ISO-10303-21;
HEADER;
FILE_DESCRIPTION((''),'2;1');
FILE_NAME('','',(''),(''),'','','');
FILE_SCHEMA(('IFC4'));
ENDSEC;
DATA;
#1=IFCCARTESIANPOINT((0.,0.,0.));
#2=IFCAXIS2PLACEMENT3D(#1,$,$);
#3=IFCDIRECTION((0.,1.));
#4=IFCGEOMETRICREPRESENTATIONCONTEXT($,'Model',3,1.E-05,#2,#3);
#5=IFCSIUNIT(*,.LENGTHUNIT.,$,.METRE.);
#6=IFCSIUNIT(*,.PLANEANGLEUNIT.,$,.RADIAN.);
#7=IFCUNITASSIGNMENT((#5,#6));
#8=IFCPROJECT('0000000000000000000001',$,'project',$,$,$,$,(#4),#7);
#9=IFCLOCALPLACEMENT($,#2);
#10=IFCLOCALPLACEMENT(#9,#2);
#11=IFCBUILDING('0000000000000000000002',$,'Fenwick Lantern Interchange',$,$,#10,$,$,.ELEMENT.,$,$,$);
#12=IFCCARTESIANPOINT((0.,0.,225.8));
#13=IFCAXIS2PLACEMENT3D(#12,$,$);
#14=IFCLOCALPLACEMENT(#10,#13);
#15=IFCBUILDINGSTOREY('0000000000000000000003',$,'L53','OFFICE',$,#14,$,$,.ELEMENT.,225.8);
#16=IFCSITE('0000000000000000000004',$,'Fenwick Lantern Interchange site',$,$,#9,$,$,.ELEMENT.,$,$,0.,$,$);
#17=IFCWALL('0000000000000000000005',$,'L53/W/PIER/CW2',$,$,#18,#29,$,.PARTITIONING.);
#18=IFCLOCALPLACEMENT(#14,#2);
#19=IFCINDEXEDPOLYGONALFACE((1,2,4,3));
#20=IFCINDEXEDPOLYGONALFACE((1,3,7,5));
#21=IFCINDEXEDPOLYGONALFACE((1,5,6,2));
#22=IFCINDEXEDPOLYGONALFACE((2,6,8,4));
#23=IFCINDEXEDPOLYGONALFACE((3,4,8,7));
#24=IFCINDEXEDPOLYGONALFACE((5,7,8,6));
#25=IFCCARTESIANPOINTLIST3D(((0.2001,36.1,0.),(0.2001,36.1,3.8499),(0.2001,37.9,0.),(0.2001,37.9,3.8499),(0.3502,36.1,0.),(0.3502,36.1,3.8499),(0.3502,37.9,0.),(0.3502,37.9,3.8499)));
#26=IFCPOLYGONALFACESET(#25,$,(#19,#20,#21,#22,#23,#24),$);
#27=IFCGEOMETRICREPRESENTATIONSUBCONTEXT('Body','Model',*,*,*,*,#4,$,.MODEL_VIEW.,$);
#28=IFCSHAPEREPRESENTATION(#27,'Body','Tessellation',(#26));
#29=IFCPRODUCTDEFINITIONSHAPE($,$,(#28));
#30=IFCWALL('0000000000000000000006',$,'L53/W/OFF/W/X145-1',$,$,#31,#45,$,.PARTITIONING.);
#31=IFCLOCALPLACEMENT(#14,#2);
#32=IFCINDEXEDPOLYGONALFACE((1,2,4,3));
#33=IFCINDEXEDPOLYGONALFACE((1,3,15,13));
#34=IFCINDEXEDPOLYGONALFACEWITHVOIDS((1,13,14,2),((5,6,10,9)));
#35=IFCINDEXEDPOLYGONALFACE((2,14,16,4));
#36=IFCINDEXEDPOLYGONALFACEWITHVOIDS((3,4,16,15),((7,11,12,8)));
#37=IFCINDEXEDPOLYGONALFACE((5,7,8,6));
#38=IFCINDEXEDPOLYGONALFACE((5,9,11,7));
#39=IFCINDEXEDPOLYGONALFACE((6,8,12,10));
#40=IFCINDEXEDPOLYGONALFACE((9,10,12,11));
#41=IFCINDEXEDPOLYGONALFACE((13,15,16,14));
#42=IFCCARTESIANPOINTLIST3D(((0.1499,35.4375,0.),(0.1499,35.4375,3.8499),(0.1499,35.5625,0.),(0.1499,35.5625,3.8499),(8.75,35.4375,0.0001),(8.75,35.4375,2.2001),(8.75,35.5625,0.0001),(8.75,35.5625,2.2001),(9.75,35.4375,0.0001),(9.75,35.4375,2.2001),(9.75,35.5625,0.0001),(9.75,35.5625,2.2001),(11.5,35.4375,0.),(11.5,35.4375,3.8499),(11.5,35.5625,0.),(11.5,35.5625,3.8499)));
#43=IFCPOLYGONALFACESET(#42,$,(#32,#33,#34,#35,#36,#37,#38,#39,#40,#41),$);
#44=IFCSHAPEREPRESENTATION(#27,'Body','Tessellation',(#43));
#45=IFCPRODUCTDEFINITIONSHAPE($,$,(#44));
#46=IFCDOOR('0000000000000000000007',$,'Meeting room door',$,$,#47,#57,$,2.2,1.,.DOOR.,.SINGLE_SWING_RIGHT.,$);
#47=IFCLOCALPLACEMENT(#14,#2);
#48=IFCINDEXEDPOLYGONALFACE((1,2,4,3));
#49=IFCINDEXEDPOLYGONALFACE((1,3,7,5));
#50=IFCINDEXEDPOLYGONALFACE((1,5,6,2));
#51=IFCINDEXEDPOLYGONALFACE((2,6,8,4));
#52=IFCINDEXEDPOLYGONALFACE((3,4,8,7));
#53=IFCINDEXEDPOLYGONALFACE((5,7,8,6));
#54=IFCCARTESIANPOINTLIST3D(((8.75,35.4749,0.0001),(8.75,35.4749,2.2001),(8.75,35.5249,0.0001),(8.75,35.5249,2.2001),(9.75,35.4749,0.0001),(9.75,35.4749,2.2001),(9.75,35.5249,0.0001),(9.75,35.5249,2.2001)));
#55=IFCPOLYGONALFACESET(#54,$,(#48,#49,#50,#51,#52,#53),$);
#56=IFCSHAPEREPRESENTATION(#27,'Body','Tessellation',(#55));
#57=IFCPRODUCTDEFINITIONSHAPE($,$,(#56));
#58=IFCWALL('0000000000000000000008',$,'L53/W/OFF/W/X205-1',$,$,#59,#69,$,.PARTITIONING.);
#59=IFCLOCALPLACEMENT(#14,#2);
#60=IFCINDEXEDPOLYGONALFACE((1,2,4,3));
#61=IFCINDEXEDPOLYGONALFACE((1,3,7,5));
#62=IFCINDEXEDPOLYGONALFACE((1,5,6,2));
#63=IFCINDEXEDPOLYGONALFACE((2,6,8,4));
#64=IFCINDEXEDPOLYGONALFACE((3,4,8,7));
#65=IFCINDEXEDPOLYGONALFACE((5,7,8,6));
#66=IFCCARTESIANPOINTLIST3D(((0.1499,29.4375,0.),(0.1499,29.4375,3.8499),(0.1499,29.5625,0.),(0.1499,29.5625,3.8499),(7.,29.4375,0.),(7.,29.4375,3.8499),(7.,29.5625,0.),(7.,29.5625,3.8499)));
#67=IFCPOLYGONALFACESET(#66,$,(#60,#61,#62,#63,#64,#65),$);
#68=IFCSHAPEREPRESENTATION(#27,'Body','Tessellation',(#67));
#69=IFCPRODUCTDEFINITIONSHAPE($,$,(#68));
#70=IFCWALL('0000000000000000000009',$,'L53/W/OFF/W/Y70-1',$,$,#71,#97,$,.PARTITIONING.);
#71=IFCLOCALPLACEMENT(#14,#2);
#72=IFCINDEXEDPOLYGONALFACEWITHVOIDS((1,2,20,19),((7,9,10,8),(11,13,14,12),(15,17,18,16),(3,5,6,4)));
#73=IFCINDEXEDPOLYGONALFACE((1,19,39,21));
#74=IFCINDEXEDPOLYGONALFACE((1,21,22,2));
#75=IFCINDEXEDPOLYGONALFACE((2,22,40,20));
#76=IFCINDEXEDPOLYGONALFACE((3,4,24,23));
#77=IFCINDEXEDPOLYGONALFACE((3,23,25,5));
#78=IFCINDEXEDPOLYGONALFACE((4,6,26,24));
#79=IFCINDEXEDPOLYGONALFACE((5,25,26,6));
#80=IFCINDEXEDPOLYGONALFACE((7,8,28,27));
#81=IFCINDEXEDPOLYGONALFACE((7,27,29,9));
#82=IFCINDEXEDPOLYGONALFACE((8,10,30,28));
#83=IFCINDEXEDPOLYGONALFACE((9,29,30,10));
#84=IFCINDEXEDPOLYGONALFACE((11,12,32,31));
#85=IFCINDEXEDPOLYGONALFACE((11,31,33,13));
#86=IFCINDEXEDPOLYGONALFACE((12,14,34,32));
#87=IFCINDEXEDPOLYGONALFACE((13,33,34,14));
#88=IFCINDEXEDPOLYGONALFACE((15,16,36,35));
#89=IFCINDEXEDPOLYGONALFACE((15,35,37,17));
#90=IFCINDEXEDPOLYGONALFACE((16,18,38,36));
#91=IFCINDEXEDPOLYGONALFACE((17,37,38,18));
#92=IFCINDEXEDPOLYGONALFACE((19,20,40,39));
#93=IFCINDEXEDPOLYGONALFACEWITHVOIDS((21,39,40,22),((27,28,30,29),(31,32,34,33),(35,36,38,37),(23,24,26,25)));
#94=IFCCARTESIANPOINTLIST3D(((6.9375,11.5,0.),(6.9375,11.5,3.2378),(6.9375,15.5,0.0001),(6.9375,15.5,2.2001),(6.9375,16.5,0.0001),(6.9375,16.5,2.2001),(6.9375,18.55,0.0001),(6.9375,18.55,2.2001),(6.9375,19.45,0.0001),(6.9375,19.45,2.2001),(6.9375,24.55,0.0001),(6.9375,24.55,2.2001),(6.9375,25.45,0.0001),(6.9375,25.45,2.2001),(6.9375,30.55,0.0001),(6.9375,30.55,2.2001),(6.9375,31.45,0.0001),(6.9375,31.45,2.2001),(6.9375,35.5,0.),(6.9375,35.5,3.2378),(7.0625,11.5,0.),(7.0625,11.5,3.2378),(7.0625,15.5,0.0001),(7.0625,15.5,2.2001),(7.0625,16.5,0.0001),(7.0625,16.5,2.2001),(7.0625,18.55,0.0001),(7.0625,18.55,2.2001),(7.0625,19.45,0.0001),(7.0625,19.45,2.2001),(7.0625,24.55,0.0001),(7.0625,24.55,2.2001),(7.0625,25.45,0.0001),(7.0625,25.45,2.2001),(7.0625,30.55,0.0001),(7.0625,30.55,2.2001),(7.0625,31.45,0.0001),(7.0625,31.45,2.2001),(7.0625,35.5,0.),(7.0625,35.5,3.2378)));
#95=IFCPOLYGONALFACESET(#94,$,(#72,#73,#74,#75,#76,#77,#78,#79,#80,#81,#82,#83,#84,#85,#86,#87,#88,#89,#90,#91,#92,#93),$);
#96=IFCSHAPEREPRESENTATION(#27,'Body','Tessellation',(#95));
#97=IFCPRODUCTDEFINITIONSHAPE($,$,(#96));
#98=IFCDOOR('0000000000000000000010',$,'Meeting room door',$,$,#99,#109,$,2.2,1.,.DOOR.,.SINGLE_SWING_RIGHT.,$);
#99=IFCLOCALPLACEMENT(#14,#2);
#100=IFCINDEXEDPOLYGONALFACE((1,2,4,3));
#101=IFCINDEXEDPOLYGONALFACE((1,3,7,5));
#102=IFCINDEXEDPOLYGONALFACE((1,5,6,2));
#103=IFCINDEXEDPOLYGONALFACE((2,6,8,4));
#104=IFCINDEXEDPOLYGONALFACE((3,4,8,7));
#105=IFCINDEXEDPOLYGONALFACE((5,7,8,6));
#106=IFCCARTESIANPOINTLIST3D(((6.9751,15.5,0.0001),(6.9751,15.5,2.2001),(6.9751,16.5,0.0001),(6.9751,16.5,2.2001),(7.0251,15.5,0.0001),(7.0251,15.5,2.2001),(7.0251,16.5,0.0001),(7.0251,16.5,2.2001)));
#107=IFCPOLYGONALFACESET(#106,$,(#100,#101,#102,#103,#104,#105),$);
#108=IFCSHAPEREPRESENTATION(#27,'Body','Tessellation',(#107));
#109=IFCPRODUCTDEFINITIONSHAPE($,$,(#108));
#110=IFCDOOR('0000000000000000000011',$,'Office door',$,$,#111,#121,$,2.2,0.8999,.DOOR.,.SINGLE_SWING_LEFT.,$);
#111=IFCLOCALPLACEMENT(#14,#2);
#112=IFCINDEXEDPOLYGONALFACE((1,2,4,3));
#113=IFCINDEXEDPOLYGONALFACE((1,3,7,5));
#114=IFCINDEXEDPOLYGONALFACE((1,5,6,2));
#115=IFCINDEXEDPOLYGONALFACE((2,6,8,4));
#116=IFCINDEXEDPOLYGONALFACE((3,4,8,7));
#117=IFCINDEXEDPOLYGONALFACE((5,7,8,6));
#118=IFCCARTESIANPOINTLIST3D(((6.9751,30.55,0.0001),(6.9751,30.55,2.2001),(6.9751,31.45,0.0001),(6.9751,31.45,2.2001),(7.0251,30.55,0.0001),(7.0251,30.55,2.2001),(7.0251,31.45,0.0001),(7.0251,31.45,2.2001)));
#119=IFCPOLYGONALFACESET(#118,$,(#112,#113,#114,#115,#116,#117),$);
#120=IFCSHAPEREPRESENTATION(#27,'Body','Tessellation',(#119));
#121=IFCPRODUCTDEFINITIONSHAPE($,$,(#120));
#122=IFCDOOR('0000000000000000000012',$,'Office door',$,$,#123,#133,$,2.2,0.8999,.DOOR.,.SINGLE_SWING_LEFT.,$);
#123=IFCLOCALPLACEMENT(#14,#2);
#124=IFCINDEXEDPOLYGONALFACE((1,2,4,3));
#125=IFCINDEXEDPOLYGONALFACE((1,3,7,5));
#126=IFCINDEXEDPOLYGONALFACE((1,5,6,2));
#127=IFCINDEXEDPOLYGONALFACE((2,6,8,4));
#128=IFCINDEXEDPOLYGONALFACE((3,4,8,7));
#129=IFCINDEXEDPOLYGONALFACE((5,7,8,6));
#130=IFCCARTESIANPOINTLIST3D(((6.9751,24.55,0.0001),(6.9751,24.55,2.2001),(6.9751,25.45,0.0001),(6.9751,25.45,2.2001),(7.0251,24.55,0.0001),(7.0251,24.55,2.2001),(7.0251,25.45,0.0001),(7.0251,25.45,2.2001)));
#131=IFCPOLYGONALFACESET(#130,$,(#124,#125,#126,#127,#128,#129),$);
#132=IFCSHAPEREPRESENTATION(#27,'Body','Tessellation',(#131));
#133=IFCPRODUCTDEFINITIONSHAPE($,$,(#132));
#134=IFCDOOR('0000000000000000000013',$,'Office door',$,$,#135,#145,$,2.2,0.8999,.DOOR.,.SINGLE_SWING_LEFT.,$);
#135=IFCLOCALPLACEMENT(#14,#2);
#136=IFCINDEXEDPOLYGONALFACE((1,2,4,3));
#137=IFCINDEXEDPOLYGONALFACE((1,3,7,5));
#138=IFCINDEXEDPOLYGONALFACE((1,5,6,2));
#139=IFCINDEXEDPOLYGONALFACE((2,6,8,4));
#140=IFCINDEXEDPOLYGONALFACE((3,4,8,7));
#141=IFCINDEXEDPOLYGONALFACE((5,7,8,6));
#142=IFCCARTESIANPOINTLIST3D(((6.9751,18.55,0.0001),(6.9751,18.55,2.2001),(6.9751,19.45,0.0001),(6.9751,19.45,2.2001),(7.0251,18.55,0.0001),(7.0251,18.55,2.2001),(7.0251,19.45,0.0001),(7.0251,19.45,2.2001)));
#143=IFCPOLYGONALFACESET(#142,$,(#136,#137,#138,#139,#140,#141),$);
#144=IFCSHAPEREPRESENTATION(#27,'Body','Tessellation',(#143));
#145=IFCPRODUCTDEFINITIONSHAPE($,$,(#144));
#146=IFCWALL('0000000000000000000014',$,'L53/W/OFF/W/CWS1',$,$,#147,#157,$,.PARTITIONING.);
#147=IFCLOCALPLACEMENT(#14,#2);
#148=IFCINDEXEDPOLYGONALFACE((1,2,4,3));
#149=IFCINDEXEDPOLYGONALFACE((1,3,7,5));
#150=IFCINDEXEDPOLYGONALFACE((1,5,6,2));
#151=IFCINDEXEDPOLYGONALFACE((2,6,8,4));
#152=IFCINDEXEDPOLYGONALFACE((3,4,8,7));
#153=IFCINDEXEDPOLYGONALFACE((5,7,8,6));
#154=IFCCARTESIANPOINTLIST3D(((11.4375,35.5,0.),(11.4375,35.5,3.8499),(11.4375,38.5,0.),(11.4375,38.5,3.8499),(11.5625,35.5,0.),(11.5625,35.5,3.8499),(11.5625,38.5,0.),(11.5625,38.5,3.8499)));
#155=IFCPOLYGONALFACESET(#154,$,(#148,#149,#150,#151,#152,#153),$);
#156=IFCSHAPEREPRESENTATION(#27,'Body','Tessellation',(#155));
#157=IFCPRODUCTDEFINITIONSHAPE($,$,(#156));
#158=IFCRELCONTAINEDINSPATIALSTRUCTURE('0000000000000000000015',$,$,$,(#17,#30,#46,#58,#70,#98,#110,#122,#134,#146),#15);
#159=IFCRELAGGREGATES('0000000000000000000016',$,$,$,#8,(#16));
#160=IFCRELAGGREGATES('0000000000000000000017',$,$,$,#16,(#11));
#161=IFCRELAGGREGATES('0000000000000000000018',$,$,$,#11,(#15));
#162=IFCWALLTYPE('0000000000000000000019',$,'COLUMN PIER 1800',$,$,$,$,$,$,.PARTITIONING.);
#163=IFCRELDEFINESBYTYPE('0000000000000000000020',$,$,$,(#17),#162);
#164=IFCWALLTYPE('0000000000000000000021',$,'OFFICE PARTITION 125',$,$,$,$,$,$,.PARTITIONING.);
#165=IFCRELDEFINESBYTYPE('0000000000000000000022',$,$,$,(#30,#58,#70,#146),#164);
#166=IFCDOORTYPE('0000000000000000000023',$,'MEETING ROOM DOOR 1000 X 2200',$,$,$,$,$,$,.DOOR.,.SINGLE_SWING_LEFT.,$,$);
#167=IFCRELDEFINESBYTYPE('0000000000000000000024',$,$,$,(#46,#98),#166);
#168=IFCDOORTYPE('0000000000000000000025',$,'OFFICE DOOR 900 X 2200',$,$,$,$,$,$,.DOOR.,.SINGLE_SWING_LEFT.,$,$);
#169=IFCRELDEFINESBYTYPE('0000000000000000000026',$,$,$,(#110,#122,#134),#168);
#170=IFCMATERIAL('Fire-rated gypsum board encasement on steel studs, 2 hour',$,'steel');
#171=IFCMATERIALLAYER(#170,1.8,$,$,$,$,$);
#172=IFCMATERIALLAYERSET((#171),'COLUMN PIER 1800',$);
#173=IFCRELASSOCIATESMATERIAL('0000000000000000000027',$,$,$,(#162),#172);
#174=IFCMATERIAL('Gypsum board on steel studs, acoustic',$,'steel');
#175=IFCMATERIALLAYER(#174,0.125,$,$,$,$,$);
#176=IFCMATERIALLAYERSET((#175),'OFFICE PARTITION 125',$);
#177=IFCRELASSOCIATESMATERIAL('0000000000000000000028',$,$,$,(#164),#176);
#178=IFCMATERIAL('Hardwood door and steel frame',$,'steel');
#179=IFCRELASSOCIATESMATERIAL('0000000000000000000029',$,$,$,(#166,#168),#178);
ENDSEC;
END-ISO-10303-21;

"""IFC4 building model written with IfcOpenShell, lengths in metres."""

from ifc_helpers import new_model, si_unit, direction, frame, frame_2d, origin, place, context, subcontext, project, spatial, rectangle, extrude, material, layer, layer_set, type_object, element, fill, save


model = new_model("IFC4")

# Units and contexts
model_context = context("Model", 3, precision=1e-05, world=origin(), true_north=direction((0.0, 1.0)))
body_context = subcontext(model_context, "Body", "Model", "MODEL_VIEW")
ifc_project = project(units=[si_unit("LENGTHUNIT", "METRE"), si_unit("PLANEANGLEUNIT", "RADIAN")], contexts=[model_context])

# Site, building, storey
site_placement = place(None, origin())
site = spatial("IfcSite", under=ifc_project, at=site_placement, Name="Fenwick Lantern Interchange site", CompositionType="ELEMENT", RefElevation=0.0)
building_placement = place(site_placement, origin())
building = spatial("IfcBuilding", under=site, at=building_placement, Name="Fenwick Lantern Interchange", CompositionType="ELEMENT")
storey_placement = place(building_placement, frame((0.0, 0.0, 225.8)))
storey = spatial("IfcBuildingStorey", under=building, at=storey_placement, Name="L53", Description="OFFICE", CompositionType="ELEMENT", Elevation=225.8)

# Wall
ifc_material_1 = material(Name="Fire-rated gypsum board encasement on steel studs, 2 hour", Category="steel")
ifc_layer_1 = layer(ifc_material_1, 1.8)
ifc_layer_set_1 = layer_set([ifc_layer_1], Name="COLUMN PIER 1800")
wall_type_1 = type_object("IfcWallType", Name="COLUMN PIER 1800", PredefinedType="PARTITIONING", material=ifc_layer_set_1)
wall_1_placement = place(storey_placement, frame((0.2, 37.0, 0.0), z_axis=(0.0, 0.0, 1.0), x_axis=(1.0, 0.0, 0.0)))
element("IfcWall", 1, at=wall_1_placement, inside=storey, type_object=wall_type_1, Name="L53/W/PIER/CW2", PredefinedType="PARTITIONING", context=body_context, shape_type="SweptSolid", body=[
    extrude(rectangle(XDim=0.1501, YDim=1.8, at=frame_2d((0.0752, 0.0))), origin(), (0.0, 0.0, 1.0), 3.8499),
])

# Wall, opening, door
ifc_material_2 = material(Name="Gypsum board on steel studs, acoustic", Category="steel")
ifc_layer_2 = layer(ifc_material_2, 0.125)
ifc_layer_set_2 = layer_set([ifc_layer_2], Name="OFFICE PARTITION 125")
wall_type_2 = type_object("IfcWallType", Name="OFFICE PARTITION 125", PredefinedType="PARTITIONING", material=ifc_layer_set_2)
wall_2_placement = place(storey_placement, frame((0.1499, 35.5, 0.0), z_axis=(0.0, 0.0, 1.0), x_axis=(1.0, 0.0, 0.0)))
wall_2 = element("IfcWall", 2, at=wall_2_placement, inside=storey, type_object=wall_type_2, Name="L53/W/OFF/W/X145-1", PredefinedType="PARTITIONING", context=body_context, shape_type="SweptSolid", body=[
    extrude(rectangle(XDim=11.3501, YDim=0.125, at=frame_2d((5.675, 0.0))), origin(), (0.0, 0.0, 1.0), 3.8499),
])
opening_1_placement = place(wall_2_placement, frame((8.6001, 0.0, 0.0)))
opening_1 = element("IfcOpeningElement", 3, at=opening_1_placement, cuts=wall_2, PredefinedType="OPENING", context=body_context, shape_type="SweptSolid", body=[
    extrude(rectangle(XDim=1.0, YDim=2.2, at=frame_2d((0.5, 1.1001))), frame((0.0, 0.0725, 0.0), z_axis=(0.0, -1.0, 0.0), x_axis=(1.0, 0.0, 0.0)), (0.0, 0.0, 1.0), 0.145),
])
ifc_material_3 = material(Name="Hardwood door and steel frame", Category="steel")
door_type_1 = type_object("IfcDoorType", Name="MEETING ROOM DOOR 1000 X 2200", OperationType="SINGLE_SWING_LEFT", PredefinedType="DOOR", material=ifc_material_3)
door_1_placement = place(opening_1_placement, origin())
door_1 = element("IfcDoor", 4, at=door_1_placement, inside=storey, type_object=door_type_1, Name="Meeting room door", OperationType="SINGLE_SWING_RIGHT", OverallHeight=2.2, OverallWidth=1.0, PredefinedType="DOOR", context=body_context, shape_type="SweptSolid", body=[
    extrude(rectangle(XDim=1.0, YDim=2.2, at=frame_2d((0.5, 1.1001))), frame((0.0, 0.0249, 0.0), z_axis=(0.0, -1.0, 0.0), x_axis=(1.0, 0.0, 0.0)), (0.0, 0.0, 1.0), 0.05),
])
fill(opening_1, door_1)

# Wall
wall_3_placement = place(storey_placement, frame((0.1499, 29.5, 0.0), z_axis=(0.0, 0.0, 1.0), x_axis=(1.0, 0.0, 0.0)))
element("IfcWall", 5, at=wall_3_placement, inside=storey, type_object=wall_type_2, Name="L53/W/OFF/W/X205-1", PredefinedType="PARTITIONING", context=body_context, shape_type="SweptSolid", body=[
    extrude(rectangle(XDim=6.8501, YDim=0.125, at=frame_2d((3.425, 0.0))), origin(), (0.0, 0.0, 1.0), 3.8499),
])

# Wall, openings, doors
wall_4_placement = place(storey_placement, frame((7.0, 35.5, 0.0), z_axis=(0.0, 0.0, 1.0), x_axis=(0.0, -1.0, 0.0)))
wall_4 = element("IfcWall", 6, at=wall_4_placement, inside=storey, type_object=wall_type_2, Name="L53/W/OFF/W/Y70-1", PredefinedType="PARTITIONING", context=body_context, shape_type="SweptSolid", body=[
    extrude(rectangle(XDim=24.0, YDim=0.125, at=frame_2d((12.0, 0.0))), origin(), (0.0, 0.0, 1.0), 3.2378),
])
opening_2_placement = place(wall_4_placement, frame((4.05, 0.0, 0.0)))
opening_2 = element("IfcOpeningElement", 7, at=opening_2_placement, cuts=wall_4, PredefinedType="OPENING", context=body_context, shape_type="SweptSolid", body=[
    extrude(rectangle(XDim=0.8999, YDim=2.2, at=frame_2d((0.45, 1.1001))), frame((0.0, 0.0725, 0.0), z_axis=(0.0, -1.0, 0.0), x_axis=(1.0, 0.0, 0.0)), (0.0, 0.0, 1.0), 0.145),
])
opening_3_placement = place(wall_4_placement, frame((10.05, 0.0, 0.0)))
opening_3 = element("IfcOpeningElement", 8, at=opening_3_placement, cuts=wall_4, PredefinedType="OPENING", context=body_context, shape_type="SweptSolid", body=[
    extrude(rectangle(XDim=0.8999, YDim=2.2, at=frame_2d((0.45, 1.1001))), frame((0.0, 0.0725, 0.0), z_axis=(0.0, -1.0, 0.0), x_axis=(1.0, 0.0, 0.0)), (0.0, 0.0, 1.0), 0.145),
])
opening_4_placement = place(wall_4_placement, frame((16.05, 0.0, 0.0)))
opening_4 = element("IfcOpeningElement", 9, at=opening_4_placement, cuts=wall_4, PredefinedType="OPENING", context=body_context, shape_type="SweptSolid", body=[
    extrude(rectangle(XDim=0.8999, YDim=2.2, at=frame_2d((0.45, 1.1001))), frame((0.0, 0.0725, 0.0), z_axis=(0.0, -1.0, 0.0), x_axis=(1.0, 0.0, 0.0)), (0.0, 0.0, 1.0), 0.145),
])
opening_5_placement = place(wall_4_placement, frame((19.0, 0.0, 0.0)))
opening_5 = element("IfcOpeningElement", 10, at=opening_5_placement, cuts=wall_4, PredefinedType="OPENING", context=body_context, shape_type="SweptSolid", body=[
    extrude(rectangle(XDim=1.0, YDim=2.2, at=frame_2d((0.5, 1.1001))), frame((0.0, 0.0725, 0.0), z_axis=(0.0, -1.0, 0.0), x_axis=(1.0, 0.0, 0.0)), (0.0, 0.0, 1.0), 0.145),
])
door_2_placement = place(opening_5_placement, frame((1.0, 0.0, 0.0), z_axis=(0.0, 0.0, 1.0), x_axis=(-1.0, 0.0, 0.0)))
door_2 = element("IfcDoor", 11, at=door_2_placement, inside=storey, type_object=door_type_1, Name="Meeting room door", OperationType="SINGLE_SWING_RIGHT", OverallHeight=2.2, OverallWidth=1.0, PredefinedType="DOOR", context=body_context, shape_type="SweptSolid", body=[
    extrude(rectangle(XDim=1.0, YDim=2.2, at=frame_2d((0.5, 1.1001))), frame((0.0, 0.0249, 0.0), z_axis=(0.0, -1.0, 0.0), x_axis=(1.0, 0.0, 0.0)), (0.0, 0.0, 1.0), 0.05),
])
fill(opening_5, door_2)
door_type_2 = type_object("IfcDoorType", Name="OFFICE DOOR 900 X 2200", OperationType="SINGLE_SWING_LEFT", PredefinedType="DOOR", material=ifc_material_3)
door_3_placement = place(opening_2_placement, frame((0.8999, 0.0, 0.0), z_axis=(0.0, 0.0, 1.0), x_axis=(-1.0, 0.0, 0.0)))
door_3 = element("IfcDoor", 12, at=door_3_placement, inside=storey, type_object=door_type_2, Name="Office door", OperationType="SINGLE_SWING_LEFT", OverallHeight=2.2, OverallWidth=0.8999, PredefinedType="DOOR", context=body_context, shape_type="SweptSolid", body=[
    extrude(rectangle(XDim=0.8999, YDim=2.2, at=frame_2d((0.45, 1.1001))), frame((0.0, 0.0249, 0.0), z_axis=(0.0, -1.0, 0.0), x_axis=(1.0, 0.0, 0.0)), (0.0, 0.0, 1.0), 0.05),
])
fill(opening_2, door_3)
door_4_placement = place(opening_3_placement, frame((0.8999, 0.0, 0.0), z_axis=(0.0, 0.0, 1.0), x_axis=(-1.0, 0.0, 0.0)))
door_4 = element("IfcDoor", 13, at=door_4_placement, inside=storey, type_object=door_type_2, Name="Office door", OperationType="SINGLE_SWING_LEFT", OverallHeight=2.2, OverallWidth=0.8999, PredefinedType="DOOR", context=body_context, shape_type="SweptSolid", body=[
    extrude(rectangle(XDim=0.8999, YDim=2.2, at=frame_2d((0.45, 1.1001))), frame((0.0, 0.0249, 0.0), z_axis=(0.0, -1.0, 0.0), x_axis=(1.0, 0.0, 0.0)), (0.0, 0.0, 1.0), 0.05),
])
fill(opening_3, door_4)
door_5_placement = place(opening_4_placement, frame((0.8999, 0.0, 0.0), z_axis=(0.0, 0.0, 1.0), x_axis=(-1.0, 0.0, 0.0)))
door_5 = element("IfcDoor", 14, at=door_5_placement, inside=storey, type_object=door_type_2, Name="Office door", OperationType="SINGLE_SWING_LEFT", OverallHeight=2.2, OverallWidth=0.8999, PredefinedType="DOOR", context=body_context, shape_type="SweptSolid", body=[
    extrude(rectangle(XDim=0.8999, YDim=2.2, at=frame_2d((0.45, 1.1001))), frame((0.0, 0.0249, 0.0), z_axis=(0.0, -1.0, 0.0), x_axis=(1.0, 0.0, 0.0)), (0.0, 0.0, 1.0), 0.05),
])
fill(opening_4, door_5)

# Wall
wall_5_placement = place(storey_placement, frame((11.5, 38.5, 0.0), z_axis=(0.0, 0.0, 1.0), x_axis=(0.0, -1.0, 0.0)))
element("IfcWall", 15, at=wall_5_placement, inside=storey, type_object=wall_type_2, Name="L53/W/OFF/W/CWS1", PredefinedType="PARTITIONING", context=body_context, shape_type="SweptSolid", body=[
    extrude(rectangle(XDim=3.0, YDim=0.125, at=frame_2d((1.5, 0.0))), origin(), (0.0, 0.0, 1.0), 3.8499),
])

save(model, "model.ifc")
